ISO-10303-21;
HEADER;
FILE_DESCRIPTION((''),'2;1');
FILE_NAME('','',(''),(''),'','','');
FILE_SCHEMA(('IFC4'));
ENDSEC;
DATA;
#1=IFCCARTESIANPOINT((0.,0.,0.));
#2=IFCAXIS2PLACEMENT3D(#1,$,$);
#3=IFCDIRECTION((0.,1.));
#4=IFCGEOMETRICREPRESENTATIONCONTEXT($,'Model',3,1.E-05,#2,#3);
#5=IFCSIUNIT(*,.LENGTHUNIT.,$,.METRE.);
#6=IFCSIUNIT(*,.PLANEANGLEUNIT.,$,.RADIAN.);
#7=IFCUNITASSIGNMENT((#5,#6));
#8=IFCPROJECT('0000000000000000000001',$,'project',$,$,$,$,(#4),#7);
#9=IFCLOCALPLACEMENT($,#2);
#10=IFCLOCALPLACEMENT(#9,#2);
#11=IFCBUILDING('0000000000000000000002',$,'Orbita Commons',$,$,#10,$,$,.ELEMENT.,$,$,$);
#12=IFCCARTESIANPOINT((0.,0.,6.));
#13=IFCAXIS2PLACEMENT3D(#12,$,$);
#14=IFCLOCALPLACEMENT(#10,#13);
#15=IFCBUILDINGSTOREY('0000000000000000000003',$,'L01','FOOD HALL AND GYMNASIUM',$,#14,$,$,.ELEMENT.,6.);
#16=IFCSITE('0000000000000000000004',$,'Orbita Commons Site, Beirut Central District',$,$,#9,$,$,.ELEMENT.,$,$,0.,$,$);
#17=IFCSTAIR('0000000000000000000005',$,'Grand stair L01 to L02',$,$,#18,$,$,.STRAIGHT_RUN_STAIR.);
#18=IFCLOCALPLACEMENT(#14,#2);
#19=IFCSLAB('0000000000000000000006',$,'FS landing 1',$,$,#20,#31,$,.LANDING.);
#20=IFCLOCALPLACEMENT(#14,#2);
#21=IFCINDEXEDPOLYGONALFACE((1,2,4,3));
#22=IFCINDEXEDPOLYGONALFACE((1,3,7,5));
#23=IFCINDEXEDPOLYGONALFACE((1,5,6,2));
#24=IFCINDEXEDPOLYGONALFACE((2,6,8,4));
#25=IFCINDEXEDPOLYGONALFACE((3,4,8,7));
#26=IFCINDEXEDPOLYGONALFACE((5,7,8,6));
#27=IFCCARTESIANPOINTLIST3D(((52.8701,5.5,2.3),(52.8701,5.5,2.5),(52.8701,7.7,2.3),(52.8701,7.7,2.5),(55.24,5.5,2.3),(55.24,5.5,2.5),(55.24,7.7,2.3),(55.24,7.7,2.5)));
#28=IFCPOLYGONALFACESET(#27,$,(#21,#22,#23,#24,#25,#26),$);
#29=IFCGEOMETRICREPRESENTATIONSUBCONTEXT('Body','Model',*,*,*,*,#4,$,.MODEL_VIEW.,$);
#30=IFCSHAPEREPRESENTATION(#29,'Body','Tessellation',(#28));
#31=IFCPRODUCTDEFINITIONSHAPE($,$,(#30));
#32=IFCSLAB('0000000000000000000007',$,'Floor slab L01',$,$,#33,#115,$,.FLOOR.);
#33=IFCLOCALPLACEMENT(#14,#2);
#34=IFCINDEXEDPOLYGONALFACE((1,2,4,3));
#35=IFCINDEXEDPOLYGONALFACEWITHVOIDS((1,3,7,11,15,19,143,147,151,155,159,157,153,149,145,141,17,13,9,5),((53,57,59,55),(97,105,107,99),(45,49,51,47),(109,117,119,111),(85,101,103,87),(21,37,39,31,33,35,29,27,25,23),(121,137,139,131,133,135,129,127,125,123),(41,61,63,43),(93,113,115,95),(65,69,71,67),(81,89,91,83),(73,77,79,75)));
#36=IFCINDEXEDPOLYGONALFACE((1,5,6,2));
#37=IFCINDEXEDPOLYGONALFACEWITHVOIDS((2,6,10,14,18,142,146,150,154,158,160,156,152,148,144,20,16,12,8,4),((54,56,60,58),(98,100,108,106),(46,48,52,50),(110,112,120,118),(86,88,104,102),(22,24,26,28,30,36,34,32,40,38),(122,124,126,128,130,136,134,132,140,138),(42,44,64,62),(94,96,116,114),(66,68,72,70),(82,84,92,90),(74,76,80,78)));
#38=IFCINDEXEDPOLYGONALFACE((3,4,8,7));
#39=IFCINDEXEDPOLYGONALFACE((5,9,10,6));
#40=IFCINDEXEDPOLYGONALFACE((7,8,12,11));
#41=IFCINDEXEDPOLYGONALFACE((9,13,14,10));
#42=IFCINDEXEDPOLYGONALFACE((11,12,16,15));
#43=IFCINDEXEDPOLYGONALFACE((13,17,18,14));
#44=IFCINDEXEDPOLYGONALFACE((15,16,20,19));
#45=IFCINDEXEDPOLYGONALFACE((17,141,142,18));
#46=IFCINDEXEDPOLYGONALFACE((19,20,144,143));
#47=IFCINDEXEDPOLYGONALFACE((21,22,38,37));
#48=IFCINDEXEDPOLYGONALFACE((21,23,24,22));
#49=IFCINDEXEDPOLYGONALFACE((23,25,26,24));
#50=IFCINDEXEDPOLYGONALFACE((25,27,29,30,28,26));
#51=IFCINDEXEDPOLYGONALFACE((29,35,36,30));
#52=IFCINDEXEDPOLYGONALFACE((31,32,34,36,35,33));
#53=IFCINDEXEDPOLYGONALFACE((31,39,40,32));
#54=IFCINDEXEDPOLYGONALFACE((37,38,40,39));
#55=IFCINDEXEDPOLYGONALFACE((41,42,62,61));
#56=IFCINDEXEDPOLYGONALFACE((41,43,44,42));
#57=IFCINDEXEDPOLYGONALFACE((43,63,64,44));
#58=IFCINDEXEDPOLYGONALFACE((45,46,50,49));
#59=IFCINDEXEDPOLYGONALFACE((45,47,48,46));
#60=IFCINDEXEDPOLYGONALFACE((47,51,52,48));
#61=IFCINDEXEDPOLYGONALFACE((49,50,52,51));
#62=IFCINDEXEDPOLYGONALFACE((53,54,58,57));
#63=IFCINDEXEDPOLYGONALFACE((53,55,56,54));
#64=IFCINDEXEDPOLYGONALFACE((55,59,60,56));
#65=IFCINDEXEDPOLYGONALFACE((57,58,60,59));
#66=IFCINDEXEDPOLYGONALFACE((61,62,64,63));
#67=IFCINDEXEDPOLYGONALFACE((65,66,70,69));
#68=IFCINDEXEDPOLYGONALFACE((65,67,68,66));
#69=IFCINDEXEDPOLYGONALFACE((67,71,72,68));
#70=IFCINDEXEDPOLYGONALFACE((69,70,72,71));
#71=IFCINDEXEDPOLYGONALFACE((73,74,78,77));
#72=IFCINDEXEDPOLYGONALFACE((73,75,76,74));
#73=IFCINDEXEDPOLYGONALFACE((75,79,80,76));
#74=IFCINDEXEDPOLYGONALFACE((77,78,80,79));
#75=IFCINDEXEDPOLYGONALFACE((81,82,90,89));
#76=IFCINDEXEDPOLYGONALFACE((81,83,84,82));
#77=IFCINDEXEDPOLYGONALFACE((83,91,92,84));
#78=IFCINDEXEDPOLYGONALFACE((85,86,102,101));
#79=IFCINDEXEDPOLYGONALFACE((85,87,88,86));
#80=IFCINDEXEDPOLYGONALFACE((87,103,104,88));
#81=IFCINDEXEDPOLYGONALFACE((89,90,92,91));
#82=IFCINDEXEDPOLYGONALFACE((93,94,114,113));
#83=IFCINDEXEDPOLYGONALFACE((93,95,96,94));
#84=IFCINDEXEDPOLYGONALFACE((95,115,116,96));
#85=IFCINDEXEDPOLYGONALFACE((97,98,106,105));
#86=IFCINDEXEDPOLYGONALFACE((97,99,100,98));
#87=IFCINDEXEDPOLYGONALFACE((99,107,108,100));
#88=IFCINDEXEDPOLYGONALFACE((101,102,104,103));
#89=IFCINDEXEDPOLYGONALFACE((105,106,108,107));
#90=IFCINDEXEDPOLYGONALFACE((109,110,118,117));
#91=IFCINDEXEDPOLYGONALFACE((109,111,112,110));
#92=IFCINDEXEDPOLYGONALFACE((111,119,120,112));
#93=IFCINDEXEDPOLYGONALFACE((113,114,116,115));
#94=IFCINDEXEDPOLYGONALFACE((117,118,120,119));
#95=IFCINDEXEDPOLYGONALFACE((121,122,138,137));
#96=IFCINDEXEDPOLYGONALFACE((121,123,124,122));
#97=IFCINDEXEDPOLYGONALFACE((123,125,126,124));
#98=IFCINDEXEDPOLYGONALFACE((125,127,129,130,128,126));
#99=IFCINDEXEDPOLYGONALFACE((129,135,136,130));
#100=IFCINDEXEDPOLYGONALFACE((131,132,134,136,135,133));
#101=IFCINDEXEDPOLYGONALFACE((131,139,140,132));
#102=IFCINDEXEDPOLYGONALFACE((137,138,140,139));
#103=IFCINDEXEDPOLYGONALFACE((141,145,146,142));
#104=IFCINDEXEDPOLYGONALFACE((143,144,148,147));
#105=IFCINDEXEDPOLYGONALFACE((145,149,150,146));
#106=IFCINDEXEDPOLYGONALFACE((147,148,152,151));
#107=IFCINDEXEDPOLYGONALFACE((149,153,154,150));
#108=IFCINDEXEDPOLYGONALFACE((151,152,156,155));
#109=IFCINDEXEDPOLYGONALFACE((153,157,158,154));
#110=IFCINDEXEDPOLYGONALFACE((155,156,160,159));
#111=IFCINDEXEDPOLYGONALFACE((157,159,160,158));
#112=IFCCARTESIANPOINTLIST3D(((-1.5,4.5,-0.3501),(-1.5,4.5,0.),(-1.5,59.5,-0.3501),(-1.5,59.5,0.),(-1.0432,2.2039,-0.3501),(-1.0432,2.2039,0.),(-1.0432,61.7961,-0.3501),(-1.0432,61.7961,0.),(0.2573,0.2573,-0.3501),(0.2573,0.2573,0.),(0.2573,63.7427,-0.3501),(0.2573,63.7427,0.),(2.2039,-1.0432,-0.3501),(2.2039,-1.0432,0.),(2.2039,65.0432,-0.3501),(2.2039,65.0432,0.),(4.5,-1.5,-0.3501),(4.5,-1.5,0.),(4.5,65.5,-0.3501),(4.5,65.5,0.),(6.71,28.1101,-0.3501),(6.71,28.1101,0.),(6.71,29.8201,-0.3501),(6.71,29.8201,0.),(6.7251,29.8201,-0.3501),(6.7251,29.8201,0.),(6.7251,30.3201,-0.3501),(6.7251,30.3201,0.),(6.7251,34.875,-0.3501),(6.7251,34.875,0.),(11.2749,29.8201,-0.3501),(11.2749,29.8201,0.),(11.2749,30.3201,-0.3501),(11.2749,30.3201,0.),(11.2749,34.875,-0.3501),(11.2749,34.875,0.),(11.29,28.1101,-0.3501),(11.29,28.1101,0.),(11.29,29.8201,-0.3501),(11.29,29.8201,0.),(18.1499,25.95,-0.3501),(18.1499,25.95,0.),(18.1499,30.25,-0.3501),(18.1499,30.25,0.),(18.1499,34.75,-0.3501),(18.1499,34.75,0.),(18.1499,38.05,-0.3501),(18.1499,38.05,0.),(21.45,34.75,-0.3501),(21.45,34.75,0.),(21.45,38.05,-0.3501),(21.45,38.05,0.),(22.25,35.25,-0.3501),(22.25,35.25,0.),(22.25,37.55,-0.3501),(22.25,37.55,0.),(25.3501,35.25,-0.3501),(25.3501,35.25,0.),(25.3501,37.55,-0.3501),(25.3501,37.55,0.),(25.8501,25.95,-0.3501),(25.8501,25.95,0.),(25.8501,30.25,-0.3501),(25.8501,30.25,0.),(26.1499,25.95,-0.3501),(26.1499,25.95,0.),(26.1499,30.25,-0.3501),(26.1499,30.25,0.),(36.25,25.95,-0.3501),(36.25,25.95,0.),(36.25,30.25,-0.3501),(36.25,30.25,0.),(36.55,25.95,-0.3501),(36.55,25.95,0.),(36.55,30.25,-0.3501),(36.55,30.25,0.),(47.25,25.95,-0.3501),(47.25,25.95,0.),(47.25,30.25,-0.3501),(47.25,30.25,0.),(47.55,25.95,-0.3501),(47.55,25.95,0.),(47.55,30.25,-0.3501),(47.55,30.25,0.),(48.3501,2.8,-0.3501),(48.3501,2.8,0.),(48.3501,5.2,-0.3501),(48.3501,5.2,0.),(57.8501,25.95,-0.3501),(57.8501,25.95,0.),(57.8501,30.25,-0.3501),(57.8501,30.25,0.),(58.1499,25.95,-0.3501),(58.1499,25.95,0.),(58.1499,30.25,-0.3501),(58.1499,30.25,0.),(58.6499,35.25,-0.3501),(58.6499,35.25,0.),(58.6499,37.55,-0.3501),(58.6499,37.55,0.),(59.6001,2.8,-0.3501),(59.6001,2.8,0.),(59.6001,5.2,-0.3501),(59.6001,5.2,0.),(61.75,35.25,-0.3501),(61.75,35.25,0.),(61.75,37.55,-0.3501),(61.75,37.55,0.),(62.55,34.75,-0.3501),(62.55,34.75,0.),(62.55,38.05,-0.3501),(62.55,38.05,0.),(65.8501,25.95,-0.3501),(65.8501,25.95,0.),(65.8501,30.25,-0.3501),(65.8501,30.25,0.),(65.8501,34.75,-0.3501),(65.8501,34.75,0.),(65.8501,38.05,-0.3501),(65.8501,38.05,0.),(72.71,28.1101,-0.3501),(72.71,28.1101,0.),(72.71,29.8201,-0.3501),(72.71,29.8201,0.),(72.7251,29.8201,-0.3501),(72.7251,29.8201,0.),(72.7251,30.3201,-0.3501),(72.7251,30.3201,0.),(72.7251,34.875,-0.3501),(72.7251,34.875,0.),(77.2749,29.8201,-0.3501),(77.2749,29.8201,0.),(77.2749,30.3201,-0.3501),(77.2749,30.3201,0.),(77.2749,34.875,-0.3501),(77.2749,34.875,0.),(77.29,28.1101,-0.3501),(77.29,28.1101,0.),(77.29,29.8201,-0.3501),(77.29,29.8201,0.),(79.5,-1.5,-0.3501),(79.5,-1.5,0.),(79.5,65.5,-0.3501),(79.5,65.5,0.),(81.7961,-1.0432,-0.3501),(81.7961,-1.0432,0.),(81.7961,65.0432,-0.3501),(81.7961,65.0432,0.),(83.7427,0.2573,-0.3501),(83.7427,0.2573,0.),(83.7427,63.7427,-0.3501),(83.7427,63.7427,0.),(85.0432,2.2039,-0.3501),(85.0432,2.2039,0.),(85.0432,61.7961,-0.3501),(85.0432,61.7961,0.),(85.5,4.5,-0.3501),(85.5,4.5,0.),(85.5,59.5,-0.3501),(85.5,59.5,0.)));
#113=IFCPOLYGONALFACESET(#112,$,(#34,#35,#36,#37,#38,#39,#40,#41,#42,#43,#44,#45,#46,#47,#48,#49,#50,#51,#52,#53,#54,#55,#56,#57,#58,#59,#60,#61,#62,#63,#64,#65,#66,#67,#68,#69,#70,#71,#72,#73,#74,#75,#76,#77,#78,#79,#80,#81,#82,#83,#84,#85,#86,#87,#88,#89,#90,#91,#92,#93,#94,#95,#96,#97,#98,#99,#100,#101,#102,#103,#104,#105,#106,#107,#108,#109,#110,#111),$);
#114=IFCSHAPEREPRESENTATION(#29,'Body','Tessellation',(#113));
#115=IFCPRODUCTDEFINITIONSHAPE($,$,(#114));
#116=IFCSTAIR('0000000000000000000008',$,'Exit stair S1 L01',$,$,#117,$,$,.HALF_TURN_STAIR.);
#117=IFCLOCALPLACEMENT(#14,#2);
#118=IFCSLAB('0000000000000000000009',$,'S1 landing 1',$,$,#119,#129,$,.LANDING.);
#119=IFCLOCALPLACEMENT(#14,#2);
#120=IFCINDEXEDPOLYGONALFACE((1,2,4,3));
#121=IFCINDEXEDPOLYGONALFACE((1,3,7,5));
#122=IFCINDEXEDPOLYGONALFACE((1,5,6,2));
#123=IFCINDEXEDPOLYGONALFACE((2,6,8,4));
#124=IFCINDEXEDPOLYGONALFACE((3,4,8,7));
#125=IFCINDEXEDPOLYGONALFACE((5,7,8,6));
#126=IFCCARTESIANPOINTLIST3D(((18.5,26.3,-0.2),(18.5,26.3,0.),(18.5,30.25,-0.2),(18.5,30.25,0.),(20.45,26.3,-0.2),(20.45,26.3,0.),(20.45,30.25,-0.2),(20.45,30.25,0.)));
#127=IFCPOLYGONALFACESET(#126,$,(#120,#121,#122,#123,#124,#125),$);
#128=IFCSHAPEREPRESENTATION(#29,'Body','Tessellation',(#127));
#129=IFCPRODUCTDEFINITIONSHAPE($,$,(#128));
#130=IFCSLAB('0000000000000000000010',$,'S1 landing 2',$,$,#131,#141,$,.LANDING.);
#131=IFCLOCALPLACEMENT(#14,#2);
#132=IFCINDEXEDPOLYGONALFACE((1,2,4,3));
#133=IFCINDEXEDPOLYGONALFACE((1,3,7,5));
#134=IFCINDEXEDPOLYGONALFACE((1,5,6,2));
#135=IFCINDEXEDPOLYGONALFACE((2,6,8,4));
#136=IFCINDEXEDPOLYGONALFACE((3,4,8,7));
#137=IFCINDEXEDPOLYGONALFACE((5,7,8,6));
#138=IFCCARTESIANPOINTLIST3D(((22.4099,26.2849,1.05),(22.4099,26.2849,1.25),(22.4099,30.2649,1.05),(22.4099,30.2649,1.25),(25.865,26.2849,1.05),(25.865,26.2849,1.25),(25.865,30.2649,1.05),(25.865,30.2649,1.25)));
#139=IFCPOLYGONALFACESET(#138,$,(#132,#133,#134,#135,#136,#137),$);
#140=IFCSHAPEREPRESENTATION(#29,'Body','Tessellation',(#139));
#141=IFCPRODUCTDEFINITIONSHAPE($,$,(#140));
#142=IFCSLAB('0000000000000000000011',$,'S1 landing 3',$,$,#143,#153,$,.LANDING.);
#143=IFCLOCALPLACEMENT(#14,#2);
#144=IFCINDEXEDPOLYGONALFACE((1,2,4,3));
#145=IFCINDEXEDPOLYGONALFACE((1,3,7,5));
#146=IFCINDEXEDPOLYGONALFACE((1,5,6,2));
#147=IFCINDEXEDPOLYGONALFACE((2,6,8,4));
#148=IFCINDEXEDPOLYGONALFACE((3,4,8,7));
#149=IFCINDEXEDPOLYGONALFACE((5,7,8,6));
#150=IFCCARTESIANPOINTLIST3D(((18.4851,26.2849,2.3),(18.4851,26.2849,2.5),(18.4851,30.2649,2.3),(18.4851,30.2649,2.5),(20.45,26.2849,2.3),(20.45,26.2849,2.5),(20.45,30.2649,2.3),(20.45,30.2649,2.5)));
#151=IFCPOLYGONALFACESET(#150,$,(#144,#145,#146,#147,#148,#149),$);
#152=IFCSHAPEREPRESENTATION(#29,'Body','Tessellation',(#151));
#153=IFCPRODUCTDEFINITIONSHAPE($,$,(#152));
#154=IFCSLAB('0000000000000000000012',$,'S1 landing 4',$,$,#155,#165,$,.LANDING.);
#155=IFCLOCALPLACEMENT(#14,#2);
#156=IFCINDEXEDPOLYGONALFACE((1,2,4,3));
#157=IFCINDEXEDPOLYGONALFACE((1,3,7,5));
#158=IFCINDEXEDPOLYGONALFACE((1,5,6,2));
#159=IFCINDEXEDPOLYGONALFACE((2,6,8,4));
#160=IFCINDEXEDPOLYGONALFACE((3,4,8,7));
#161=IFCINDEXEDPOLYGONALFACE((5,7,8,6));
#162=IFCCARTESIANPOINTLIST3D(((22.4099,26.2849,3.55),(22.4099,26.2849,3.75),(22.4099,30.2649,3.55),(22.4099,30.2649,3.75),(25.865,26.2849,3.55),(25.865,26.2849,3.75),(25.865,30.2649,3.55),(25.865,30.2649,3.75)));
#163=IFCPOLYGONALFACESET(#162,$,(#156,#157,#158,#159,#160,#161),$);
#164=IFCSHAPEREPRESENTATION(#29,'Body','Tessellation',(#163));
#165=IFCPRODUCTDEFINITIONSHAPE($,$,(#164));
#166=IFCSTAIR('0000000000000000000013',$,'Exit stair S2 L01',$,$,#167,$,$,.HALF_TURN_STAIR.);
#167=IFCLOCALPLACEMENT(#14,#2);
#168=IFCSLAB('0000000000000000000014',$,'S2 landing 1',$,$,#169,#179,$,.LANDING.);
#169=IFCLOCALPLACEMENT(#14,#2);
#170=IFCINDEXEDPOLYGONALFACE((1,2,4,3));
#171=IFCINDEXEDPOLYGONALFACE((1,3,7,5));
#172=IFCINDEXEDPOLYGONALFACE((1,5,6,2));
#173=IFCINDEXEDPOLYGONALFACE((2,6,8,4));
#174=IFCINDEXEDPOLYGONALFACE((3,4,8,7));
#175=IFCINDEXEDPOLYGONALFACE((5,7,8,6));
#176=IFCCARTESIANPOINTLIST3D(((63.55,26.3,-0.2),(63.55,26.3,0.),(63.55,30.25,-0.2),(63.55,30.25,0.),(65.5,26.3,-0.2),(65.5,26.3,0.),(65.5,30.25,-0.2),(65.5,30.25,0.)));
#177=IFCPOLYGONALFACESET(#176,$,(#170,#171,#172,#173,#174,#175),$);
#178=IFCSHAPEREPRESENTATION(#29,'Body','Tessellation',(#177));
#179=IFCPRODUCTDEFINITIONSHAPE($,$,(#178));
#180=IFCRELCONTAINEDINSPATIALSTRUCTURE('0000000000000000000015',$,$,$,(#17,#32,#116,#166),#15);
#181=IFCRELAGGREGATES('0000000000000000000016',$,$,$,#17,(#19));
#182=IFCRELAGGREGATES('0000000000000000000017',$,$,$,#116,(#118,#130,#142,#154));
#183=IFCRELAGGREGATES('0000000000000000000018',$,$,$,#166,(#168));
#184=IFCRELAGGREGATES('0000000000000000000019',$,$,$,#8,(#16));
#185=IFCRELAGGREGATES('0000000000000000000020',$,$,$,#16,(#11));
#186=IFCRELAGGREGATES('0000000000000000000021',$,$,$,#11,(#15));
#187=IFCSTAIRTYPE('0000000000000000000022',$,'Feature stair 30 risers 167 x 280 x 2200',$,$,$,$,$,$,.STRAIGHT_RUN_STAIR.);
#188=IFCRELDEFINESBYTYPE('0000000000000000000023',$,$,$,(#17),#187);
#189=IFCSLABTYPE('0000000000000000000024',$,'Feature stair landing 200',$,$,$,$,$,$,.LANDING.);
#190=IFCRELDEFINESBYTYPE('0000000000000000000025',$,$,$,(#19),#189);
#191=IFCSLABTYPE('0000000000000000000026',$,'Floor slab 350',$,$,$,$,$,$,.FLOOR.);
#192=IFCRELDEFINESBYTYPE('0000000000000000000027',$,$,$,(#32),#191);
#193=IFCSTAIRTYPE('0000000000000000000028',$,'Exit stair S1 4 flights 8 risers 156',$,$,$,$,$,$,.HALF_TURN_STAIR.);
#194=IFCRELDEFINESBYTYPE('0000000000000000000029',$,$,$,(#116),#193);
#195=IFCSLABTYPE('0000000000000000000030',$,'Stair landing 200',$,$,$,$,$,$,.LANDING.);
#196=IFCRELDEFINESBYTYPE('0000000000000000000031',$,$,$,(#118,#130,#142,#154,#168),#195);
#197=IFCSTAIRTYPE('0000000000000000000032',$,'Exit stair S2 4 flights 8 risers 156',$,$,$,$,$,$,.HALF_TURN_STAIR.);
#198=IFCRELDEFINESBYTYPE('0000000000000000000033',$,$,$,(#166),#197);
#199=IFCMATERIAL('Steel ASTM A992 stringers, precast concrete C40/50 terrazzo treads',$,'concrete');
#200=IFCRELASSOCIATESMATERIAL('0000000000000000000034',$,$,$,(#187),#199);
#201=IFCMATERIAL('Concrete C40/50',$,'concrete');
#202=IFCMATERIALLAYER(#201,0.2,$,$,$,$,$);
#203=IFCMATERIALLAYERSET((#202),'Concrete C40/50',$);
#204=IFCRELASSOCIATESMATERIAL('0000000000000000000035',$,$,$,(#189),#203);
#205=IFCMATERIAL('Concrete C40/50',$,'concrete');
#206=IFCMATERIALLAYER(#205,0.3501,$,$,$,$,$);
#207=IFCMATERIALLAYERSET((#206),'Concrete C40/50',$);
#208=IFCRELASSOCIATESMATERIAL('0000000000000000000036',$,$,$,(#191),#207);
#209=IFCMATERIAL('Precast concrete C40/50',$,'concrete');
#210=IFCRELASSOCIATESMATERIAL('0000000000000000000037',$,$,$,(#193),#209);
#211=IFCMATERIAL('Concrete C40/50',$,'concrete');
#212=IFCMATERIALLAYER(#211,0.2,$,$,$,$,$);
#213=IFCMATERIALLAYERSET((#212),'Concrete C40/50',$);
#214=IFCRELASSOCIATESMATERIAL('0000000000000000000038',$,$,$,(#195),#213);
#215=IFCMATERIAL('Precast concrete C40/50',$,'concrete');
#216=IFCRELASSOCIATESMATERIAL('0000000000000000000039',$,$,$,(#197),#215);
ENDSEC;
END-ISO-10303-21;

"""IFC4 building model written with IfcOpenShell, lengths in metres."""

from ifc_helpers import new_model, si_unit, direction, frame, origin, place, context, subcontext, project, spatial, polyline, outline, extrude, material, layer, layer_set, type_object, element, aggregate, save


model = new_model("IFC4")

# Units and contexts
model_context = context("Model", 3, precision=1e-05, world=origin(), true_north=direction((0.0, 1.0)))
body_context = subcontext(model_context, "Body", "Model", "MODEL_VIEW")
ifc_project = project(units=[si_unit("LENGTHUNIT", "METRE"), si_unit("PLANEANGLEUNIT", "RADIAN")], contexts=[model_context])

# Site, building, storey
site_placement = place(None, origin())
site = spatial("IfcSite", under=ifc_project, at=site_placement, Name="Orbita Commons Site, Beirut Central District", CompositionType="ELEMENT", RefElevation=0.0)
building_placement = place(site_placement, origin())
building = spatial("IfcBuilding", under=site, at=building_placement, Name="Orbita Commons", CompositionType="ELEMENT")
storey_placement = place(building_placement, frame((0.0, 0.0, 6.0)))
storey = spatial("IfcBuildingStorey", under=building, at=storey_placement, Name="L01", Description="FOOD HALL AND GYMNASIUM", CompositionType="ELEMENT", Elevation=6.0)

# Stair, slab
ifc_material_1 = material(Name="Steel ASTM A992 stringers, precast concrete C40/50 terrazzo treads", Category="concrete")
stair_type_1 = type_object("IfcStairType", Name="Feature stair 30 risers 167 x 280 x 2200", PredefinedType="STRAIGHT_RUN_STAIR", material=ifc_material_1)
stair_1_placement = place(storey_placement, origin())
stair_1 = element("IfcStair", 1, at=stair_1_placement, inside=storey, type_object=stair_type_1, Name="Grand stair L01 to L02", PredefinedType="STRAIGHT_RUN_STAIR")
ifc_material_2 = material(Name="Concrete C40/50", Category="concrete")
ifc_layer_1 = layer(ifc_material_2, 0.2)
ifc_layer_set_1 = layer_set([ifc_layer_1], Name="Concrete C40/50")
slab_type_1 = type_object("IfcSlabType", Name="Feature stair landing 200", PredefinedType="LANDING", material=ifc_layer_set_1)
slab_1_placement = place(storey_placement, frame((0.0, 0.0, 2.3)))
slab_1 = element("IfcSlab", 2, at=slab_1_placement, type_object=slab_type_1, Name="FS landing 1", PredefinedType="LANDING", context=body_context, shape_type="SweptSolid", body=[
    extrude(outline(polyline([(52.8701, 5.5), (55.24, 5.5), (55.24, 7.7), (52.8701, 7.7), (52.8701, 5.5)])), origin(), (0.0, 0.0, 1.0), 0.2),
])
aggregate(stair_1, [slab_1])

# Slab
ifc_material_3 = material(Name="Concrete C40/50", Category="concrete")
ifc_layer_2 = layer(ifc_material_3, 0.3501)
ifc_layer_set_2 = layer_set([ifc_layer_2], Name="Concrete C40/50")
slab_type_2 = type_object("IfcSlabType", Name="Floor slab 350", PredefinedType="FLOOR", material=ifc_layer_set_2)
slab_2_placement = place(storey_placement, frame((0.0, 0.0, -0.3501)))
element("IfcSlab", 3, at=slab_2_placement, inside=storey, type_object=slab_type_2, Name="Floor slab L01", PredefinedType="FLOOR", context=body_context, shape_type="SweptSolid", body=[
    extrude(outline(polyline([(79.5, -1.5), (81.7961, -1.0432), (83.7427, 0.2573), (85.0432, 2.2039), (85.5, 4.5), (85.5, 59.5), (85.0432, 61.7961), (83.7427, 63.7427), (81.7961, 65.0432), (79.5, 65.5), (4.5, 65.5), (2.2039, 65.0432), (0.2573, 63.7427), (-1.0432, 61.7961), (-1.5, 59.5), (-1.5, 4.5), (-1.0432, 2.2039), (0.2573, 0.2573), (2.2039, -1.0432), (4.5, -1.5), (79.5, -1.5)]), holes=[polyline([(18.1499, 25.95), (25.8501, 25.95), (25.8501, 30.25), (18.1499, 30.25), (18.1499, 25.95)]), polyline([(58.1499, 25.95), (65.8501, 25.95), (65.8501, 30.25), (58.1499, 30.25), (58.1499, 25.95)]), polyline([(18.1499, 34.75), (21.45, 34.75), (21.45, 38.05), (18.1499, 38.05), (18.1499, 34.75)]), polyline([(62.55, 34.75), (65.8501, 34.75), (65.8501, 38.05), (62.55, 38.05), (62.55, 34.75)]), polyline([(22.25, 35.25), (25.3501, 35.25), (25.3501, 37.55), (22.25, 37.55), (22.25, 35.25)]), polyline([(58.6499, 35.25), (61.75, 35.25), (61.75, 37.55), (58.6499, 37.55), (58.6499, 35.25)]), polyline([(26.1499, 25.95), (36.25, 25.95), (36.25, 30.25), (26.1499, 30.25), (26.1499, 25.95)]), polyline([(36.55, 25.95), (47.25, 25.95), (47.25, 30.25), (36.55, 30.25), (36.55, 25.95)]), polyline([(47.55, 25.95), (57.8501, 25.95), (57.8501, 30.25), (47.55, 30.25), (47.55, 25.95)]), polyline([(48.3501, 2.8), (59.6001, 2.8), (59.6001, 5.2), (48.3501, 5.2), (48.3501, 2.8)]), polyline([(11.29, 28.1101), (6.71, 28.1101), (6.71, 29.8201), (6.7251, 29.8201), (6.7251, 30.3201), (6.7251, 34.875), (11.2749, 34.875), (11.2749, 30.3201), (11.2749, 29.8201), (11.29, 29.8201), (11.29, 28.1101)]), polyline([(77.29, 28.1101), (72.71, 28.1101), (72.71, 29.8201), (72.7251, 29.8201), (72.7251, 30.3201), (72.7251, 34.875), (77.2749, 34.875), (77.2749, 30.3201), (77.2749, 29.8201), (77.29, 29.8201), (77.29, 28.1101)])]), origin(), (0.0, 0.0, 1.0), 0.3501),
])

# Stairs, slabs
ifc_material_4 = material(Name="Precast concrete C40/50", Category="concrete")
stair_type_2 = type_object("IfcStairType", Name="Exit stair S1 4 flights 8 risers 156", PredefinedType="HALF_TURN_STAIR", material=ifc_material_4)
stair_2_placement = place(storey_placement, origin())
stair_2 = element("IfcStair", 4, at=stair_2_placement, inside=storey, type_object=stair_type_2, Name="Exit stair S1 L01", PredefinedType="HALF_TURN_STAIR")
ifc_material_5 = material(Name="Concrete C40/50", Category="concrete")
ifc_layer_3 = layer(ifc_material_5, 0.2)
ifc_layer_set_3 = layer_set([ifc_layer_3], Name="Concrete C40/50")
slab_type_3 = type_object("IfcSlabType", Name="Stair landing 200", PredefinedType="LANDING", material=ifc_layer_set_3)
slab_3_placement = place(storey_placement, frame((0.0, 0.0, -0.2)))
slab_3 = element("IfcSlab", 5, at=slab_3_placement, type_object=slab_type_3, Name="S1 landing 1", PredefinedType="LANDING", context=body_context, shape_type="SweptSolid", body=[
    extrude(outline(polyline([(18.5, 26.3), (20.45, 26.3), (20.45, 30.25), (18.5, 30.25), (18.5, 26.3)])), origin(), (0.0, 0.0, 1.0), 0.2),
])
slab_4_placement = place(storey_placement, frame((0.0, 0.0, 1.05)))
slab_4 = element("IfcSlab", 6, at=slab_4_placement, type_object=slab_type_3, Name="S1 landing 2", PredefinedType="LANDING", context=body_context, shape_type="SweptSolid", body=[
    extrude(outline(polyline([(22.4099, 26.2849), (25.865, 26.2849), (25.865, 30.2649), (22.4099, 30.2649), (22.4099, 26.2849)])), origin(), (0.0, 0.0, 1.0), 0.2),
])
slab_5_placement = place(storey_placement, frame((0.0, 0.0, 2.3)))
slab_5 = element("IfcSlab", 7, at=slab_5_placement, type_object=slab_type_3, Name="S1 landing 3", PredefinedType="LANDING", context=body_context, shape_type="SweptSolid", body=[
    extrude(outline(polyline([(18.4851, 26.2849), (20.45, 26.2849), (20.45, 30.2649), (18.4851, 30.2649), (18.4851, 26.2849)])), origin(), (0.0, 0.0, 1.0), 0.2),
])
slab_6_placement = place(storey_placement, frame((0.0, 0.0, 3.55)))
slab_6 = element("IfcSlab", 8, at=slab_6_placement, type_object=slab_type_3, Name="S1 landing 4", PredefinedType="LANDING", context=body_context, shape_type="SweptSolid", body=[
    extrude(outline(polyline([(22.4099, 26.2849), (25.865, 26.2849), (25.865, 30.2649), (22.4099, 30.2649), (22.4099, 26.2849)])), origin(), (0.0, 0.0, 1.0), 0.2),
])
aggregate(stair_2, [slab_3, slab_4, slab_5, slab_6])
ifc_material_6 = material(Name="Precast concrete C40/50", Category="concrete")
stair_type_3 = type_object("IfcStairType", Name="Exit stair S2 4 flights 8 risers 156", PredefinedType="HALF_TURN_STAIR", material=ifc_material_6)
stair_3_placement = place(storey_placement, origin())
stair_3 = element("IfcStair", 9, at=stair_3_placement, inside=storey, type_object=stair_type_3, Name="Exit stair S2 L01", PredefinedType="HALF_TURN_STAIR")
slab_7_placement = place(storey_placement, frame((0.0, 0.0, -0.2)))
slab_7 = element("IfcSlab", 10, at=slab_7_placement, type_object=slab_type_3, Name="S2 landing 1", PredefinedType="LANDING", context=body_context, shape_type="SweptSolid", body=[
    extrude(outline(polyline([(63.55, 26.3), (65.5, 26.3), (65.5, 30.25), (63.55, 30.25), (63.55, 26.3)])), origin(), (0.0, 0.0, 1.0), 0.2),
])
aggregate(stair_3, [slab_7])

save(model, "model.ifc")
